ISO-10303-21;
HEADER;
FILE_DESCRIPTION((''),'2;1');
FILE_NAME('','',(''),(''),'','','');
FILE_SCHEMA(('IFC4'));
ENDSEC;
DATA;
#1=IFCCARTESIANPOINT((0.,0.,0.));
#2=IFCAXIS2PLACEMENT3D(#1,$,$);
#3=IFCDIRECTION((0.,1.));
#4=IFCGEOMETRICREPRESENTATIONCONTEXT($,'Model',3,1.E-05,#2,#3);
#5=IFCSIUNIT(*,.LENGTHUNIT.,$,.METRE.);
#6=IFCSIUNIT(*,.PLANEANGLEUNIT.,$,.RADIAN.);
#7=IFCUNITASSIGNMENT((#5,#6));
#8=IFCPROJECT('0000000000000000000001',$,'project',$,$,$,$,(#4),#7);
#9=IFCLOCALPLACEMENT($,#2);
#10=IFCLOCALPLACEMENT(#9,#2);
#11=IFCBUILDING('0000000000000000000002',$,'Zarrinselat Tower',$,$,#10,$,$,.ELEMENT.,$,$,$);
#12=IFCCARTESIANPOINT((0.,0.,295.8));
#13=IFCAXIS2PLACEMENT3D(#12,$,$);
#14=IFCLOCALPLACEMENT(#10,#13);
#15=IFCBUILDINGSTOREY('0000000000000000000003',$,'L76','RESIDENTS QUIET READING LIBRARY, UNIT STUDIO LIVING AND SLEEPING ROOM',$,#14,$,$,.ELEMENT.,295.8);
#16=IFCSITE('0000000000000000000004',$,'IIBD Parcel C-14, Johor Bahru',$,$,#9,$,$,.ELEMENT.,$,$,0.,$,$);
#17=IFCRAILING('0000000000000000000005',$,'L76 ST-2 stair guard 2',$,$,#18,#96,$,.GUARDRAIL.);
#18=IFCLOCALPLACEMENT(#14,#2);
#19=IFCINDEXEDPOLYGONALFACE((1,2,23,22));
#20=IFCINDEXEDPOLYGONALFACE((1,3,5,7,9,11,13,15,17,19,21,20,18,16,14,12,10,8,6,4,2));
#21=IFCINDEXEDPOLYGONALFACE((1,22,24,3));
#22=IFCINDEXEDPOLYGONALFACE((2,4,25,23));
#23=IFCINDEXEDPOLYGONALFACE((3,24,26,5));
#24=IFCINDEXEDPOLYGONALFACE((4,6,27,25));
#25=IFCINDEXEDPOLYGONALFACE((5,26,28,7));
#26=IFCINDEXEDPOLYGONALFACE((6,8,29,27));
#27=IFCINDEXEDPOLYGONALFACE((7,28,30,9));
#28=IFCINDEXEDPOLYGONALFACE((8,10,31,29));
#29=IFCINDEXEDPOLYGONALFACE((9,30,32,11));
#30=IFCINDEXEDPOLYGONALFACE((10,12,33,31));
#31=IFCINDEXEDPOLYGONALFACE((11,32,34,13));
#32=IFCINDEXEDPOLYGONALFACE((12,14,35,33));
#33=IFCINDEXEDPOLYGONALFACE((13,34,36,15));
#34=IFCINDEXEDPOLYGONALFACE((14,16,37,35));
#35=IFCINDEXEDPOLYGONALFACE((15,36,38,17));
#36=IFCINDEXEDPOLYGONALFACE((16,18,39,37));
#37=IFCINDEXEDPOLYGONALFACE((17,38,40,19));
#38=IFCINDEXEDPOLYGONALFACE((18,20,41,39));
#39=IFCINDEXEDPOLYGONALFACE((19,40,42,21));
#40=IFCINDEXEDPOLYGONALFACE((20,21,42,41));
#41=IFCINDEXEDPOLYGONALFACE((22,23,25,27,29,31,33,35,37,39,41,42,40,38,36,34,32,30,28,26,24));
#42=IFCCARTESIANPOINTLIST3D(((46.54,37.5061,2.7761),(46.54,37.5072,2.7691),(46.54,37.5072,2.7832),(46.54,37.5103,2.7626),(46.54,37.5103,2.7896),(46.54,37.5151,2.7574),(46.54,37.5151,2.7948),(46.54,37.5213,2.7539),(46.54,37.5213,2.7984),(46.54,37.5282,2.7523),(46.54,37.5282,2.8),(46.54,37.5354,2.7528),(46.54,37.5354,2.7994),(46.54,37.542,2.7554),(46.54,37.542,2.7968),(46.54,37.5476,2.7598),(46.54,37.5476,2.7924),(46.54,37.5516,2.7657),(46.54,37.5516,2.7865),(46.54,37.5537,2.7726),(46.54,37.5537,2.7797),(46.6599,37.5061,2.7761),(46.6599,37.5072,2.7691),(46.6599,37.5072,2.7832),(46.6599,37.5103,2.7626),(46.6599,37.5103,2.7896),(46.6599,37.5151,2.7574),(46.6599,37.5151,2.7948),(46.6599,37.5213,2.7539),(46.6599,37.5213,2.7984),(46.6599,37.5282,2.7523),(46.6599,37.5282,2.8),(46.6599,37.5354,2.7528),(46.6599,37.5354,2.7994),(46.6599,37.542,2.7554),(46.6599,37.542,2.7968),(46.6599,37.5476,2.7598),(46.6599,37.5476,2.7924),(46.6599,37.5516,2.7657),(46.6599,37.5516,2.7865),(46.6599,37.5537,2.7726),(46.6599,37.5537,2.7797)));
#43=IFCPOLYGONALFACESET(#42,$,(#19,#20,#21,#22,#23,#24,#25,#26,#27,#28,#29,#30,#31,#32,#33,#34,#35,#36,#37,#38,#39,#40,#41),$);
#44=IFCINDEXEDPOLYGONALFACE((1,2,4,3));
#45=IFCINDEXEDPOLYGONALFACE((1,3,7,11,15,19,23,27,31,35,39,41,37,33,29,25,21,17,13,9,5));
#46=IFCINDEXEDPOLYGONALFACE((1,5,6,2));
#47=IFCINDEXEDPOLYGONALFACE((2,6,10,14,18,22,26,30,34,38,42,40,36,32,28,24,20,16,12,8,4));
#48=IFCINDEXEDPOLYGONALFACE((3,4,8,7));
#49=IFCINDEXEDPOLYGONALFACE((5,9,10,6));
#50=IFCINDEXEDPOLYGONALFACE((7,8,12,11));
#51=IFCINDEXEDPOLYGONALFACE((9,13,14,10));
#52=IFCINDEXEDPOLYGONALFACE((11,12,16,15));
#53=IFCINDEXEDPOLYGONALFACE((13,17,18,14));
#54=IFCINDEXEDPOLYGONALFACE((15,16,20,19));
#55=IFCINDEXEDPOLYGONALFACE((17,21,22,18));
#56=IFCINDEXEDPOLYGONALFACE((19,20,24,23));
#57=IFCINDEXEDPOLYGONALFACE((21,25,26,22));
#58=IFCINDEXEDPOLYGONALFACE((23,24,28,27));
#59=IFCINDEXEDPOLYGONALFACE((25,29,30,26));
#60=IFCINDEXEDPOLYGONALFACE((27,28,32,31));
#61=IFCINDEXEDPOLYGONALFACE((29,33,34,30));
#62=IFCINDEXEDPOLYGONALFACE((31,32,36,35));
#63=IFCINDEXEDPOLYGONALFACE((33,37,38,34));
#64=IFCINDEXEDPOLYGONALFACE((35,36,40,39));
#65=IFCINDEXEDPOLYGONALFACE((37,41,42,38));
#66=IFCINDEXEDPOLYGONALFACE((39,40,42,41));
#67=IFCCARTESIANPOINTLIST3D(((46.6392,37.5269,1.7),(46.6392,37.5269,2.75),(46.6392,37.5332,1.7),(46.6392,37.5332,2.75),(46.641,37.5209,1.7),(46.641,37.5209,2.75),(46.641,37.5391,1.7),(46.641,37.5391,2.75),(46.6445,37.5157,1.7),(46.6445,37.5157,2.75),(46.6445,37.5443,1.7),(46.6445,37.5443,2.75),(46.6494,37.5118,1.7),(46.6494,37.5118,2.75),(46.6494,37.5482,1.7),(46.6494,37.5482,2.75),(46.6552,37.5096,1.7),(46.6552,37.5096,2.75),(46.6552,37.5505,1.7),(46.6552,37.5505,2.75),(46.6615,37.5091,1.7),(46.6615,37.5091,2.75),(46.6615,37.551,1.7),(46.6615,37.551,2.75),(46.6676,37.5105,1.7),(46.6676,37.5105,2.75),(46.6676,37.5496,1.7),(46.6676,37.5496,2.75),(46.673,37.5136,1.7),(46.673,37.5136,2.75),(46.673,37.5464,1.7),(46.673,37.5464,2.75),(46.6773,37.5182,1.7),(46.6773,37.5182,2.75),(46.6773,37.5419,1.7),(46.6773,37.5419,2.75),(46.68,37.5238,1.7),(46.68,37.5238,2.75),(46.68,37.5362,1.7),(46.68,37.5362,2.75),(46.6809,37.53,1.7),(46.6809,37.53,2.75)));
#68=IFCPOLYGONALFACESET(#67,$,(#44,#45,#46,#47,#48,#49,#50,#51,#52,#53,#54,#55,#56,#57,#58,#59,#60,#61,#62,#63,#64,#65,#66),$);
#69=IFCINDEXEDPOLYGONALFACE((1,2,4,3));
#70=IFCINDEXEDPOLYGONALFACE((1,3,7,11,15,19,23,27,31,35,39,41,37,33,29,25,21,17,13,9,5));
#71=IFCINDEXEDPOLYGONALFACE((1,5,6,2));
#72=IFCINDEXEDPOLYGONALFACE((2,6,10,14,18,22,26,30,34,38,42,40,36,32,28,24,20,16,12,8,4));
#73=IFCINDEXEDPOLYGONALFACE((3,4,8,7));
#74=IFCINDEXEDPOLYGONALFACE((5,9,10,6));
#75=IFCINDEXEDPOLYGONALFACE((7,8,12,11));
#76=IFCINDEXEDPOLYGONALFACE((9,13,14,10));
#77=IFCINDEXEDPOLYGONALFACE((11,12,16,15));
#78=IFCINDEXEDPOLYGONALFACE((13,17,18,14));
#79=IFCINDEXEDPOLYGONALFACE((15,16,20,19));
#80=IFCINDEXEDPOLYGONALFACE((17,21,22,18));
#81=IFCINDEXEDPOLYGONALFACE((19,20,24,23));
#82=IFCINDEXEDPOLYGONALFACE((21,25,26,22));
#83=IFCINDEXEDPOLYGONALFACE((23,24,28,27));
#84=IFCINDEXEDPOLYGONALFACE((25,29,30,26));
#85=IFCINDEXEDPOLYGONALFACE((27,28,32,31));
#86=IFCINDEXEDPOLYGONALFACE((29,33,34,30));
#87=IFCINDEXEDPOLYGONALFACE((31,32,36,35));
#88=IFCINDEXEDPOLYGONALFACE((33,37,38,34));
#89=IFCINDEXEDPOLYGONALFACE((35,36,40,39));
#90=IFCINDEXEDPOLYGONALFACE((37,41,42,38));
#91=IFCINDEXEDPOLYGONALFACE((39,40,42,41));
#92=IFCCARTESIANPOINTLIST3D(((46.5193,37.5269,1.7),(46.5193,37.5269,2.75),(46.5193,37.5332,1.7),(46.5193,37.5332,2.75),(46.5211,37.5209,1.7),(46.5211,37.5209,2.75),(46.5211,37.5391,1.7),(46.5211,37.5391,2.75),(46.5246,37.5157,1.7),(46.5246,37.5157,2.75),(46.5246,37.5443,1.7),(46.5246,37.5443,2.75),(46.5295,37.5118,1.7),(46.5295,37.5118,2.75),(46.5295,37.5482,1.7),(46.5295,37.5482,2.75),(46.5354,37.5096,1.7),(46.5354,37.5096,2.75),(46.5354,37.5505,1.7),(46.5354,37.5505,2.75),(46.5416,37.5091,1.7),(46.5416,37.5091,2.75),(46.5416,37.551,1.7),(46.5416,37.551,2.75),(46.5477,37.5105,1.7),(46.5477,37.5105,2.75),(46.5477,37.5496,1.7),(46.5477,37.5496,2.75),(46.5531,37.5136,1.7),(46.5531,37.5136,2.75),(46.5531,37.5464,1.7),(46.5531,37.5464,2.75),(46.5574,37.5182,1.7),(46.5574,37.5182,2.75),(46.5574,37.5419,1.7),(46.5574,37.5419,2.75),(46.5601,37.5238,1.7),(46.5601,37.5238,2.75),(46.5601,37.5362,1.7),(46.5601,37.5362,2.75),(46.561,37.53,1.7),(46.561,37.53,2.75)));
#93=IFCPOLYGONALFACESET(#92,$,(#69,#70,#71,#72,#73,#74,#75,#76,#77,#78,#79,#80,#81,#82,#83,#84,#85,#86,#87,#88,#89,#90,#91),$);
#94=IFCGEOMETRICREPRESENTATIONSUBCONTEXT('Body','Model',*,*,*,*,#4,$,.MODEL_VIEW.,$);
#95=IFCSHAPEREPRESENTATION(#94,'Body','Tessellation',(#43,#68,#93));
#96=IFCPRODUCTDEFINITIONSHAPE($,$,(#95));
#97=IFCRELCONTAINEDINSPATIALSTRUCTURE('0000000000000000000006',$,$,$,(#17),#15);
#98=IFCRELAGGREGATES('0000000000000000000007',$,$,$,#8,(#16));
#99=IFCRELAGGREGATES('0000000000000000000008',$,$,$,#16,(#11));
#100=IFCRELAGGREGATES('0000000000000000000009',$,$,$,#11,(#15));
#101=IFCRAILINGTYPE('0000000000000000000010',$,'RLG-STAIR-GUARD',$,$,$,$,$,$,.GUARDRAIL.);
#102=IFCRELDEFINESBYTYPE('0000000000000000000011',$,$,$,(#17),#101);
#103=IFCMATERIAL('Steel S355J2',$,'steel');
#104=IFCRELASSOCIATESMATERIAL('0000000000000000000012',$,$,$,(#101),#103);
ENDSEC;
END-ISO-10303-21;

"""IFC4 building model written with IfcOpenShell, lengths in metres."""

from ifc_helpers import new_model, si_unit, direction, frame, origin, origin_2d, place, context, subcontext, project, spatial, circle, extrude, material, type_object, element, save


model = new_model("IFC4")

# Units and contexts
model_context = context("Model", 3, precision=1e-05, world=origin(), true_north=direction((0.0, 1.0)))
body_context = subcontext(model_context, "Body", "Model", "MODEL_VIEW")
ifc_project = project(units=[si_unit("LENGTHUNIT", "METRE"), si_unit("PLANEANGLEUNIT", "RADIAN")], contexts=[model_context])

# Site, building, storey
site_placement = place(None, origin())
site = spatial("IfcSite", under=ifc_project, at=site_placement, Name="IIBD Parcel C-14, Johor Bahru", CompositionType="ELEMENT", RefElevation=0.0)
building_placement = place(site_placement, origin())
building = spatial("IfcBuilding", under=site, at=building_placement, Name="Zarrinselat Tower", CompositionType="ELEMENT")
storey_placement = place(building_placement, frame((0.0, 0.0, 295.8)))
storey = spatial("IfcBuildingStorey", under=building, at=storey_placement, Name="L76", Description="RESIDENTS QUIET READING LIBRARY, UNIT STUDIO LIVING AND SLEEPING ROOM", CompositionType="ELEMENT", Elevation=295.8)

# Railing
ifc_material_1 = material(Name="Steel S355J2", Category="steel")
railing_type = type_object("IfcRailingType", Name="RLG-STAIR-GUARD", PredefinedType="GUARDRAIL", material=ifc_material_1)
railing_1_placement = place(storey_placement, frame((46.6599, 37.53, 1.7)))
element("IfcRailing", 1, at=railing_1_placement, inside=storey, type_object=railing_type, Name="L76 ST-2 stair guard 2", PredefinedType="GUARDRAIL", context=body_context, shape_type="SweptSolid", body=[
    extrude(circle(Radius=0.0239, at=origin_2d()), frame((0.0, 0.0, 1.0762), z_axis=(-1.0, 0.0, 0.0), x_axis=(0.0, -1.0, 0.0)), (0.0, 0.0, 1.0), 0.1199),
    extrude(circle(Radius=0.021, at=origin_2d()), origin(), (0.0, 0.0, 1.0), 1.05),
    extrude(circle(Radius=0.021, at=origin_2d()), frame((-0.1199, 0.0, 0.0)), (0.0, 0.0, 1.0), 1.05),
])

save(model, "model.ifc")
